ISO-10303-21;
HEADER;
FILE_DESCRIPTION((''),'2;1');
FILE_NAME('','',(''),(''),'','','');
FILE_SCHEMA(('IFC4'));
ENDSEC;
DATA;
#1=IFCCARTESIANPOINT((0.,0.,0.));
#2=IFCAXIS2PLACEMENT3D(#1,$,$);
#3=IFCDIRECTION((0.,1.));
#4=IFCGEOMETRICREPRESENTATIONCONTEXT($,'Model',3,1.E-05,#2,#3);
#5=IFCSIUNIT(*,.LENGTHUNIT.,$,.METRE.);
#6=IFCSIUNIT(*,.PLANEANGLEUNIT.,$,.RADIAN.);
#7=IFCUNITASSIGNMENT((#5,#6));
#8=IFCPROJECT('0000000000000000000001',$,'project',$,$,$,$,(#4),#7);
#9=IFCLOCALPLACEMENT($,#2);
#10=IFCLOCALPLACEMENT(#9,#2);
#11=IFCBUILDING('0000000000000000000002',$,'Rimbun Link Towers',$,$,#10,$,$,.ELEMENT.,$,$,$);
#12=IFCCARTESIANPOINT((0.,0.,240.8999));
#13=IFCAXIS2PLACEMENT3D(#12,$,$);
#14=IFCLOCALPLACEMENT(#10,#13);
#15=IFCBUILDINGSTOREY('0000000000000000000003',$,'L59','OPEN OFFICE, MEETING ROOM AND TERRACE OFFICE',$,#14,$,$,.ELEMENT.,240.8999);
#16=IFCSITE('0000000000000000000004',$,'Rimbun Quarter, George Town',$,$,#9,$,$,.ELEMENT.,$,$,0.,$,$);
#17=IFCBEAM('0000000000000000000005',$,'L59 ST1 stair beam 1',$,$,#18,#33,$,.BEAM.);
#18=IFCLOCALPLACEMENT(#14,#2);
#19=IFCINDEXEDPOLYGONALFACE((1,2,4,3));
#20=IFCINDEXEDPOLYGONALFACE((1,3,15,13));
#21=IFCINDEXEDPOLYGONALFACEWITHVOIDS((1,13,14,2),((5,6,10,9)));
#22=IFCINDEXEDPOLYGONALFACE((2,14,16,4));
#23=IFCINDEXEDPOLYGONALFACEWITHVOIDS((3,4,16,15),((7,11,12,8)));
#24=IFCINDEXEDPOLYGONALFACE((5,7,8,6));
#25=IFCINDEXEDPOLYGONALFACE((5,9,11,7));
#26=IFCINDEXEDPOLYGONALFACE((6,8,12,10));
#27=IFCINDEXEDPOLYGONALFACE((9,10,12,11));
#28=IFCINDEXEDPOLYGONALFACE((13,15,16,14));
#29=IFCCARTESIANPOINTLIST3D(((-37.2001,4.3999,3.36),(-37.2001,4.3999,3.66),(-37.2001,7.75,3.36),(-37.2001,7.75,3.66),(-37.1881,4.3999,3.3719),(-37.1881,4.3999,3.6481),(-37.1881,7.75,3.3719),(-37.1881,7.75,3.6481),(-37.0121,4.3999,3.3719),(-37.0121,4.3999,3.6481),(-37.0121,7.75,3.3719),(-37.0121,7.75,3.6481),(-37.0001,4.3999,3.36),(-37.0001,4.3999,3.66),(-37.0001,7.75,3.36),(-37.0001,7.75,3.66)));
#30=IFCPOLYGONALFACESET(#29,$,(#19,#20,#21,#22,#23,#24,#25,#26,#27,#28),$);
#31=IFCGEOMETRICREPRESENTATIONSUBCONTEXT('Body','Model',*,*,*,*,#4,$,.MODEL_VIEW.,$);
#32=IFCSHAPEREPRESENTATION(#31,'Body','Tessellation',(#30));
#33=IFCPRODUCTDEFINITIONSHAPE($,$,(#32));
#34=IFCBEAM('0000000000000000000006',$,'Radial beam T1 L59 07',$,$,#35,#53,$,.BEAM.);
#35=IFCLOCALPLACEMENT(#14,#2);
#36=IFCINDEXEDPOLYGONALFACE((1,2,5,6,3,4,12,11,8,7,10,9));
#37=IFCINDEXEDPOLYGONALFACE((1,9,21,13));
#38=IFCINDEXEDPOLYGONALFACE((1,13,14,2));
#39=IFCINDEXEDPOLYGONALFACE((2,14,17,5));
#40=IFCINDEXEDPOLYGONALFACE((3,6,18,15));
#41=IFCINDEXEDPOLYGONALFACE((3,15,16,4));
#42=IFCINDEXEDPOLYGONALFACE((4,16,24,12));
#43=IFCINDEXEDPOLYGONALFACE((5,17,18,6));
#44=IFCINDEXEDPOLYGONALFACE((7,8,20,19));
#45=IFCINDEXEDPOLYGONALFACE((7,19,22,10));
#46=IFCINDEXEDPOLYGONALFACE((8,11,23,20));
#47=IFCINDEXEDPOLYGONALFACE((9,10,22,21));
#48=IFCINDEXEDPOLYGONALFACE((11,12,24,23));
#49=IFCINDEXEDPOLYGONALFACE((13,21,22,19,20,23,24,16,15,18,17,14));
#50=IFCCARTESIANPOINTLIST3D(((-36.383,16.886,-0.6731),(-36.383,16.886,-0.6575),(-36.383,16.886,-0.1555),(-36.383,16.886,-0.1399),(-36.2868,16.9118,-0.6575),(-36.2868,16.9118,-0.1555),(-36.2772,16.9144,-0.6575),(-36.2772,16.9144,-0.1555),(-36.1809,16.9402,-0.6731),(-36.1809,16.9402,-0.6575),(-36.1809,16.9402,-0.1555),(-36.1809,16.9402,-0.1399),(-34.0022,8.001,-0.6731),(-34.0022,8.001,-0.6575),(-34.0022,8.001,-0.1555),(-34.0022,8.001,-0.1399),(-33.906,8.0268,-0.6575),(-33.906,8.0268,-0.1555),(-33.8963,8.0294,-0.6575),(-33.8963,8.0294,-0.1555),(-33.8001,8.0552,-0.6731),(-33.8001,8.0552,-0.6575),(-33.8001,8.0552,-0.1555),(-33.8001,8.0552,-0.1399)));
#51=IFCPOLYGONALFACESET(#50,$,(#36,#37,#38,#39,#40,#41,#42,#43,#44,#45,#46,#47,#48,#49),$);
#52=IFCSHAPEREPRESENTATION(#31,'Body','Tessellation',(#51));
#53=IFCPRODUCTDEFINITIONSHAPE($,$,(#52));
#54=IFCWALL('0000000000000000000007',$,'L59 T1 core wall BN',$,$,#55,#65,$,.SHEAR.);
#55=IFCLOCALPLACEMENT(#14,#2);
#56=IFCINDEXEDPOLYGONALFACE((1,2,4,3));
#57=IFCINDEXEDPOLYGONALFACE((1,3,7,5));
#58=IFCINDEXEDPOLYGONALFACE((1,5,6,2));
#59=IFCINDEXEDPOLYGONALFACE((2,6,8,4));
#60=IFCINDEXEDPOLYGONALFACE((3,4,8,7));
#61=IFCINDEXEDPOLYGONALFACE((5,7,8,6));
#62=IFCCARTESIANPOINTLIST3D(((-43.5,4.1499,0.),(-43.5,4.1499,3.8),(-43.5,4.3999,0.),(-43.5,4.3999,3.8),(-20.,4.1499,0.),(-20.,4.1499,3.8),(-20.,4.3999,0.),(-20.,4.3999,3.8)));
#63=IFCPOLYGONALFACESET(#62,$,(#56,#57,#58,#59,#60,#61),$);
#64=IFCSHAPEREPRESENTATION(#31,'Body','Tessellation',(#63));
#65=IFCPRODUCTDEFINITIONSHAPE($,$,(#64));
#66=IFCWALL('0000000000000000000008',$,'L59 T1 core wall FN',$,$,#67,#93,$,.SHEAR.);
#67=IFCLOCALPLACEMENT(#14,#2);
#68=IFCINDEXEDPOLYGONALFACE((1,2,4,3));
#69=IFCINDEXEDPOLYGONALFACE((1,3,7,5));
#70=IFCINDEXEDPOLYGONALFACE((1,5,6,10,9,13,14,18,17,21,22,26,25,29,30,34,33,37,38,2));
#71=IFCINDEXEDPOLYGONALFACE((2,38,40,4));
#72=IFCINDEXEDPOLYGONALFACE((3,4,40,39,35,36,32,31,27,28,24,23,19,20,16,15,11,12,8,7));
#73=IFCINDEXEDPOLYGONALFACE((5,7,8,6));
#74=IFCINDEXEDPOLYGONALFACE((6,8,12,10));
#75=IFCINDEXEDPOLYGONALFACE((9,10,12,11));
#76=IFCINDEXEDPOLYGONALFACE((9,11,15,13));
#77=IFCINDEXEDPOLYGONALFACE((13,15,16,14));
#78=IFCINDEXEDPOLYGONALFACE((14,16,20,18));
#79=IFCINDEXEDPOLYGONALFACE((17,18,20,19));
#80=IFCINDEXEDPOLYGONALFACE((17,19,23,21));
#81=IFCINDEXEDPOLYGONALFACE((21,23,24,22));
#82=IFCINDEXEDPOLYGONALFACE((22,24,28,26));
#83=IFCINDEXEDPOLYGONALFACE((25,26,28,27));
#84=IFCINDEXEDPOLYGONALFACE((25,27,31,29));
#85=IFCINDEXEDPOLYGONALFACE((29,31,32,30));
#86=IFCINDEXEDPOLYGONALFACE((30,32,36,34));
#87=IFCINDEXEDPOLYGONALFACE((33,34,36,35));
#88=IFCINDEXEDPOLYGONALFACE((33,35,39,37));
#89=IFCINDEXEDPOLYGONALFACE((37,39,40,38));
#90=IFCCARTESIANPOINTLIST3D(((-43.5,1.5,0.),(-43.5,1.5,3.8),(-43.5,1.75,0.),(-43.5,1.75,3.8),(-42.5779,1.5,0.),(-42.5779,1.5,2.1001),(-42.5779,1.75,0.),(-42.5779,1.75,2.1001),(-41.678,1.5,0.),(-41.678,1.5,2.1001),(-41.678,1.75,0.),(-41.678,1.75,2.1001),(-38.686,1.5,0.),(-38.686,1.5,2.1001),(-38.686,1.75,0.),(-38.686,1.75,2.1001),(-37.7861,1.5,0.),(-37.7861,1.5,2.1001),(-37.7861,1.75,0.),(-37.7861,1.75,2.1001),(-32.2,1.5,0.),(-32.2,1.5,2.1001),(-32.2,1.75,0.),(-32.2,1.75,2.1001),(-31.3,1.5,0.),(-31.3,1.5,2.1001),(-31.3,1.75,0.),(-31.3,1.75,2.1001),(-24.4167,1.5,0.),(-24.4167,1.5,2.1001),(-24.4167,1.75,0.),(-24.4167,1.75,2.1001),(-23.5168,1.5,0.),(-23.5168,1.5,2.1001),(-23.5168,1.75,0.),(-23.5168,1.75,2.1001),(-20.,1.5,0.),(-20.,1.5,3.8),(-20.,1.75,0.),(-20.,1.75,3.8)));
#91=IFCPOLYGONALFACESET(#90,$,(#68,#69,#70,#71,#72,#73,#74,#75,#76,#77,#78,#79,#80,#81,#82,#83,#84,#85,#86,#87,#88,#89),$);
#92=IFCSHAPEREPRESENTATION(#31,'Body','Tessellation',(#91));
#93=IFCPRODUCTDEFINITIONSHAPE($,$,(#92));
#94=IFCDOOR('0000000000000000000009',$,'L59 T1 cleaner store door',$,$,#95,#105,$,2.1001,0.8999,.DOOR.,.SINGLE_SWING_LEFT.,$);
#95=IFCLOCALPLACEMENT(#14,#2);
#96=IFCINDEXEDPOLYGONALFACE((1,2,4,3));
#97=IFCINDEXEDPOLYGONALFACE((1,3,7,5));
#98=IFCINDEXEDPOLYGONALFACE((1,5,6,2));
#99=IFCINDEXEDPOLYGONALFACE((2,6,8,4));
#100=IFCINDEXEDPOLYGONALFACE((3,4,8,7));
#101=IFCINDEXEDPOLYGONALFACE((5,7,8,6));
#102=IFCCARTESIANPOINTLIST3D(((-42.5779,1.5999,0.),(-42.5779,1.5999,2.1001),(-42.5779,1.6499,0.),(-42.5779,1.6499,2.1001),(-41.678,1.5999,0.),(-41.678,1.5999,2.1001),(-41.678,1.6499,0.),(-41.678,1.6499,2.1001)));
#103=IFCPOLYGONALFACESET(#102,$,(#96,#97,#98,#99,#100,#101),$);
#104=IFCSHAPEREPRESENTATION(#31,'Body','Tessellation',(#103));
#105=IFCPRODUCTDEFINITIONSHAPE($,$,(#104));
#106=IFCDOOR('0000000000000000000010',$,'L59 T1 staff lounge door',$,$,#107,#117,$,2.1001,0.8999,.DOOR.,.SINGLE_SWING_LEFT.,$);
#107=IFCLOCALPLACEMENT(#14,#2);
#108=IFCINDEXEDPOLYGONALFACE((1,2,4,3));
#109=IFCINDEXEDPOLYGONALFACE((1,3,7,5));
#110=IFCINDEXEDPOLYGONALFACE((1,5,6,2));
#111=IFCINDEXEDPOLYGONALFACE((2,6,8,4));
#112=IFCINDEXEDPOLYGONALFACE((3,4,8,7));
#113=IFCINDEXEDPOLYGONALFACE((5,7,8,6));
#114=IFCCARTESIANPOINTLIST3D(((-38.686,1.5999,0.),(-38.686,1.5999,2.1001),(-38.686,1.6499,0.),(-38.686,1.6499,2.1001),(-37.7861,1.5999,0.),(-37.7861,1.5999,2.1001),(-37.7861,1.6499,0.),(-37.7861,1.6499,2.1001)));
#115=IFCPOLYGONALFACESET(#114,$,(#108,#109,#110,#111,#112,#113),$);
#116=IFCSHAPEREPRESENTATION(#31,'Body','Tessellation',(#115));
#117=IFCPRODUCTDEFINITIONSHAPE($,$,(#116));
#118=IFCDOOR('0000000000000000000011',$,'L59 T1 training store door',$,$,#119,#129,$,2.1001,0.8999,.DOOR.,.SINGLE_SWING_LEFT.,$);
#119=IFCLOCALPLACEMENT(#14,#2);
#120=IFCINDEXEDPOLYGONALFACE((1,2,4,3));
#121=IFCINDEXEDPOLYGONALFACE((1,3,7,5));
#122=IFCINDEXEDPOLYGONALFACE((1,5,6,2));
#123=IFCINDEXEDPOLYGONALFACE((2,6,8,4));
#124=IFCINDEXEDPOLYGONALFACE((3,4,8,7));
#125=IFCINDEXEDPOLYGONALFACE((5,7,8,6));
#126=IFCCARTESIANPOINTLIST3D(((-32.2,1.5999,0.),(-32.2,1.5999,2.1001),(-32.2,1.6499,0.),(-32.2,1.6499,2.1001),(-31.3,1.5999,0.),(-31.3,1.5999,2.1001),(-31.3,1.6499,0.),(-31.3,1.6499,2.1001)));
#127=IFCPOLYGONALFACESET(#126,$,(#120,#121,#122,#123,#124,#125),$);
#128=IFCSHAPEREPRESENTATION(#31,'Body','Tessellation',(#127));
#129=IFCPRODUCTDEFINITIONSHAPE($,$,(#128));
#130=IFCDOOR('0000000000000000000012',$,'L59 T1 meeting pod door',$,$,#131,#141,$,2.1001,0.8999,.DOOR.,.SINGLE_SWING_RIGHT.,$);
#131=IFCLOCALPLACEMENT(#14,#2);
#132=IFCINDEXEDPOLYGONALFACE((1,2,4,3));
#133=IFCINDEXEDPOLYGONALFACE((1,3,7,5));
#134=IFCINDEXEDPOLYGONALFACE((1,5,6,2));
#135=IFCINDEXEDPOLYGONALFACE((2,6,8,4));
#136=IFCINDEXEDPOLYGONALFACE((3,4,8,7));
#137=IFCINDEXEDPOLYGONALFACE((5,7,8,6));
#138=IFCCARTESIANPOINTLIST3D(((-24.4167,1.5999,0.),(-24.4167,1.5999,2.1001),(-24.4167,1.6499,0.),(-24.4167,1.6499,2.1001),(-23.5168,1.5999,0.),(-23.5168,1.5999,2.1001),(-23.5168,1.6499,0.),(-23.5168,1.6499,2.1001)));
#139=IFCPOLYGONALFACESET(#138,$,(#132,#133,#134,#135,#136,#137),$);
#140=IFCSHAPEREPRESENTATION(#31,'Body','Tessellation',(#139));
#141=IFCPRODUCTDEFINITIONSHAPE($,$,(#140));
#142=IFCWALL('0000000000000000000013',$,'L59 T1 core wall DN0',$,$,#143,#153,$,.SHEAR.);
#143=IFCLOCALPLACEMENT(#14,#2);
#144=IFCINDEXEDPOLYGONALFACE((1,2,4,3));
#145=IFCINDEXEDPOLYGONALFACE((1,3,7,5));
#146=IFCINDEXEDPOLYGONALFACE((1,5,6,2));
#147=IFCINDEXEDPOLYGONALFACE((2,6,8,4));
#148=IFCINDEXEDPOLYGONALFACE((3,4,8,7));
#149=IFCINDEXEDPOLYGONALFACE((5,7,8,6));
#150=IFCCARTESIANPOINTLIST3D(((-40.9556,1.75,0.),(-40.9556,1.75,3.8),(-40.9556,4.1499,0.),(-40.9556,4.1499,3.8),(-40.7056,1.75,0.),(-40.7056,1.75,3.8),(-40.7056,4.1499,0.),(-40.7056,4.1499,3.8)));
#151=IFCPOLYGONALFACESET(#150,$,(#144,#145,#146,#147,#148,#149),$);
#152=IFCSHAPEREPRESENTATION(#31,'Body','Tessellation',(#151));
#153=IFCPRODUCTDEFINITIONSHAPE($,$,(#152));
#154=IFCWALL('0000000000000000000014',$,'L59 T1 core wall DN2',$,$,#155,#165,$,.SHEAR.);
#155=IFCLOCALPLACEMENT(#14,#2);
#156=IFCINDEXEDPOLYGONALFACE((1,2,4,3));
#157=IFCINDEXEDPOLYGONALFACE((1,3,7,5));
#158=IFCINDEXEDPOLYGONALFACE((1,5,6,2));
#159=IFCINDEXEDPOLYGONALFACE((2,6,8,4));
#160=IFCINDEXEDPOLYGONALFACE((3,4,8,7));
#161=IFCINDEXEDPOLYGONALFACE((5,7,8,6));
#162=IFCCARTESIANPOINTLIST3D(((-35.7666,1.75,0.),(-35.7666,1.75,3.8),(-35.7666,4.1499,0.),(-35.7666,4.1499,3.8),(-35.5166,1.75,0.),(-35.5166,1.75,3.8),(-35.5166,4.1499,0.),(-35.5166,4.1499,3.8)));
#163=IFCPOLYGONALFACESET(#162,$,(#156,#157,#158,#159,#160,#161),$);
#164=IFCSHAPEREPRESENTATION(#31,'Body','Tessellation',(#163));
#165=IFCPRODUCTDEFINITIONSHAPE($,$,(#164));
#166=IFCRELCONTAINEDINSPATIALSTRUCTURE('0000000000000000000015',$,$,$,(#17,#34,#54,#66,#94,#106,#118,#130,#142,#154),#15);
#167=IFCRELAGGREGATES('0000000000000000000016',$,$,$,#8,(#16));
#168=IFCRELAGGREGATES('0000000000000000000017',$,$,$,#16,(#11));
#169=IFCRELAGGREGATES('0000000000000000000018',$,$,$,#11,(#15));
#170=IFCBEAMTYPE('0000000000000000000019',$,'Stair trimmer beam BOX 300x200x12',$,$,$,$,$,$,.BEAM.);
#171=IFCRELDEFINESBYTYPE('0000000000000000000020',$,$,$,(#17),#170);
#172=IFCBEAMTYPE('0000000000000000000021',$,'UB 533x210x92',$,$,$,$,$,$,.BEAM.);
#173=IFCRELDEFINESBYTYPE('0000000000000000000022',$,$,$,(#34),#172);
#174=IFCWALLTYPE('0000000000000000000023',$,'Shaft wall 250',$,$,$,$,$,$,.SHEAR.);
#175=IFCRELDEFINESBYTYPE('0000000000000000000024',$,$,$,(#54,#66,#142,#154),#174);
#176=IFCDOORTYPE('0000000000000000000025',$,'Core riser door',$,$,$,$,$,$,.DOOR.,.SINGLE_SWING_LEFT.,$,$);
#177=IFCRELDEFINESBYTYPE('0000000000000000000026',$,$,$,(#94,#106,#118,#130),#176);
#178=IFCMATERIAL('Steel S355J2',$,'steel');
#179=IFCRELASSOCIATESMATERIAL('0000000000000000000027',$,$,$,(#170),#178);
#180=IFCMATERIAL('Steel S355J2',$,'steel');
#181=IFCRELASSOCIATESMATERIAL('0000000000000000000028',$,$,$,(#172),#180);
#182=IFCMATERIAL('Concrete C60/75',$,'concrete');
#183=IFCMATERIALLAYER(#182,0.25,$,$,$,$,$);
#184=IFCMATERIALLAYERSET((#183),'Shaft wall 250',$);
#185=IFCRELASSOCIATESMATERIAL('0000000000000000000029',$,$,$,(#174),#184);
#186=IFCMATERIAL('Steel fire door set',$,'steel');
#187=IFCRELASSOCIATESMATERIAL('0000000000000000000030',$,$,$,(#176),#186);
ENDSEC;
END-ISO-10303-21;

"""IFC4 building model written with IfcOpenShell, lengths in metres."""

from ifc_helpers import new_model, si_unit, direction, frame, frame_2d, origin, origin_2d, place, context, subcontext, project, spatial, rectangle, hollow_rectangle, i_section, extrude, material, layer, layer_set, material_profile, profile_set, type_object, element, fill, save


model = new_model("IFC4")

# Units and contexts
model_context = context("Model", 3, precision=1e-05, world=origin(), true_north=direction((0.0, 1.0)))
body_context = subcontext(model_context, "Body", "Model", "MODEL_VIEW")
ifc_project = project(units=[si_unit("LENGTHUNIT", "METRE"), si_unit("PLANEANGLEUNIT", "RADIAN")], contexts=[model_context])

# Site, building, storey
site_placement = place(None, origin())
site = spatial("IfcSite", under=ifc_project, at=site_placement, Name="Rimbun Quarter, George Town", CompositionType="ELEMENT", RefElevation=0.0)
building_placement = place(site_placement, origin())
building = spatial("IfcBuilding", under=site, at=building_placement, Name="Rimbun Link Towers", CompositionType="ELEMENT")
storey_placement = place(building_placement, frame((0.0, 0.0, 240.8999)))
storey = spatial("IfcBuildingStorey", under=building, at=storey_placement, Name="L59", Description="OPEN OFFICE, MEETING ROOM AND TERRACE OFFICE", CompositionType="ELEMENT", Elevation=240.8999)

# Beams
ifc_material_1 = material(Name="Steel S355J2", Category="steel")
ifc_material_profile_1 = material_profile(ifc_material_1, hollow_rectangle(XDim=0.2, YDim=0.3, WallThickness=0.012, at=origin_2d()), Name="BOX 300x200x12")
ifc_profile_set_1 = profile_set([ifc_material_profile_1], Name="Steel S355J2")
beam_type_1 = type_object("IfcBeamType", Name="Stair trimmer beam BOX 300x200x12", PredefinedType="BEAM", material=ifc_profile_set_1)
beam_1_placement = place(storey_placement, frame((-37.1001, 7.75, 3.51), z_axis=(0.0, -1.0, 0.0), x_axis=(1.0, 0.0, 0.0)))
element("IfcBeam", 1, at=beam_1_placement, inside=storey, type_object=beam_type_1, Name="L59 ST1 stair beam 1", PredefinedType="BEAM", context=body_context, shape_type="SweptSolid", body=[
    extrude(hollow_rectangle(XDim=0.2, YDim=0.3, WallThickness=0.012, at=origin_2d()), origin(), (0.0, 0.0, 1.0), 3.3501),
])
ifc_material_2 = material(Name="Steel S355J2", Category="steel")
ifc_material_profile_2 = material_profile(ifc_material_2, i_section(OverallWidth=0.2092, OverallDepth=0.5332, WebThickness=0.01, FlangeThickness=0.0156, at=origin_2d()), Name="UB 533x210x92")
ifc_profile_set_2 = profile_set([ifc_material_profile_2], Name="Steel S355J2")
beam_type_2 = type_object("IfcBeamType", Name="UB 533x210x92", PredefinedType="BEAM", material=ifc_profile_set_2)
beam_2_placement = place(storey_placement, frame((-33.9011, 8.0281, -0.4065), z_axis=(-0.258832, 0.965922, 0.0), x_axis=(-0.965922, -0.258832, 0.0)))
element("IfcBeam", 2, at=beam_2_placement, inside=storey, type_object=beam_type_2, Name="Radial beam T1 L59 07", PredefinedType="BEAM", context=body_context, shape_type="SweptSolid", body=[
    extrude(i_section(OverallWidth=0.2092, OverallDepth=0.5332, WebThickness=0.01, FlangeThickness=0.0156, at=origin_2d()), origin(), (0.0, 0.0, 1.0), 9.1985),
])

# Wall
ifc_material_3 = material(Name="Concrete C60/75", Category="concrete")
ifc_layer = layer(ifc_material_3, 0.25)
ifc_layer_set = layer_set([ifc_layer], Name="Shaft wall 250")
wall_type = type_object("IfcWallType", Name="Shaft wall 250", PredefinedType="SHEAR", material=ifc_layer_set)
wall_1_placement = place(storey_placement, frame((-43.5, 4.2749, 0.0), z_axis=(0.0, 0.0, 1.0), x_axis=(1.0, 0.0, 0.0)))
element("IfcWall", 3, at=wall_1_placement, inside=storey, type_object=wall_type, Name="L59 T1 core wall BN", PredefinedType="SHEAR", context=body_context, shape_type="SweptSolid", body=[
    extrude(rectangle(XDim=23.5, YDim=0.25, at=frame_2d((11.75, 0.0))), origin(), (0.0, 0.0, 1.0), 3.8),
])

# Wall, openings, doors
wall_2_placement = place(storey_placement, frame((-43.5, 1.625, 0.0), z_axis=(0.0, 0.0, 1.0), x_axis=(1.0, 0.0, 0.0)))
wall_2 = element("IfcWall", 4, at=wall_2_placement, inside=storey, type_object=wall_type, Name="L59 T1 core wall FN", PredefinedType="SHEAR", context=body_context, shape_type="SweptSolid", body=[
    extrude(rectangle(XDim=23.5, YDim=0.25, at=frame_2d((11.75, 0.0))), origin(), (0.0, 0.0, 1.0), 3.8),
])
opening_1_placement = place(wall_2_placement, frame((0.9221, 0.0, 0.0)))
opening_1 = element("IfcOpeningElement", 5, at=opening_1_placement, cuts=wall_2, PredefinedType="OPENING", context=body_context, shape_type="SweptSolid", body=[
    extrude(rectangle(XDim=0.8999, YDim=2.1001, at=frame_2d((0.45, 1.05))), frame((0.0, 0.135, 0.0), z_axis=(0.0, -1.0, 0.0), x_axis=(1.0, 0.0, 0.0)), (0.0, 0.0, 1.0), 0.27),
])
opening_2_placement = place(wall_2_placement, frame((4.814, 0.0, 0.0)))
opening_2 = element("IfcOpeningElement", 6, at=opening_2_placement, cuts=wall_2, PredefinedType="OPENING", context=body_context, shape_type="SweptSolid", body=[
    extrude(rectangle(XDim=0.8999, YDim=2.1001, at=frame_2d((0.45, 1.05))), frame((0.0, 0.135, 0.0), z_axis=(0.0, -1.0, 0.0), x_axis=(1.0, 0.0, 0.0)), (0.0, 0.0, 1.0), 0.27),
])
opening_3_placement = place(wall_2_placement, frame((11.3, 0.0, 0.0)))
opening_3 = element("IfcOpeningElement", 7, at=opening_3_placement, cuts=wall_2, PredefinedType="OPENING", context=body_context, shape_type="SweptSolid", body=[
    extrude(rectangle(XDim=0.8999, YDim=2.1001, at=frame_2d((0.45, 1.05))), frame((0.0, 0.135, 0.0), z_axis=(0.0, -1.0, 0.0), x_axis=(1.0, 0.0, 0.0)), (0.0, 0.0, 1.0), 0.27),
])
opening_4_placement = place(wall_2_placement, frame((19.0833, 0.0, 0.0)))
opening_4 = element("IfcOpeningElement", 8, at=opening_4_placement, cuts=wall_2, PredefinedType="OPENING", context=body_context, shape_type="SweptSolid", body=[
    extrude(rectangle(XDim=0.8999, YDim=2.1001, at=frame_2d((0.45, 1.05))), frame((0.0, 0.135, 0.0), z_axis=(0.0, -1.0, 0.0), x_axis=(1.0, 0.0, 0.0)), (0.0, 0.0, 1.0), 0.27),
])
ifc_material_4 = material(Name="Steel fire door set", Category="steel")
door_type_1 = type_object("IfcDoorType", Name="Core riser door", OperationType="SINGLE_SWING_LEFT", PredefinedType="DOOR", material=ifc_material_4)
door_1_placement = place(opening_1_placement, origin())
door_1 = element("IfcDoor", 9, at=door_1_placement, inside=storey, type_object=door_type_1, Name="L59 T1 cleaner store door", OperationType="SINGLE_SWING_LEFT", OverallHeight=2.1001, OverallWidth=0.8999, PredefinedType="DOOR", context=body_context, shape_type="SweptSolid", body=[
    extrude(rectangle(XDim=0.8999, YDim=2.1001, at=frame_2d((0.45, 1.05))), frame((0.0, 0.0249, 0.0), z_axis=(0.0, -1.0, 0.0), x_axis=(1.0, 0.0, 0.0)), (0.0, 0.0, 1.0), 0.05),
])
fill(opening_1, door_1)
door_2_placement = place(opening_2_placement, origin())
door_2 = element("IfcDoor", 10, at=door_2_placement, inside=storey, type_object=door_type_1, Name="L59 T1 staff lounge door", OperationType="SINGLE_SWING_LEFT", OverallHeight=2.1001, OverallWidth=0.8999, PredefinedType="DOOR", context=body_context, shape_type="SweptSolid", body=[
    extrude(rectangle(XDim=0.8999, YDim=2.1001, at=frame_2d((0.45, 1.05))), frame((0.0, 0.0249, 0.0), z_axis=(0.0, -1.0, 0.0), x_axis=(1.0, 0.0, 0.0)), (0.0, 0.0, 1.0), 0.05),
])
fill(opening_2, door_2)
door_3_placement = place(opening_3_placement, origin())
door_3 = element("IfcDoor", 11, at=door_3_placement, inside=storey, type_object=door_type_1, Name="L59 T1 training store door", OperationType="SINGLE_SWING_LEFT", OverallHeight=2.1001, OverallWidth=0.8999, PredefinedType="DOOR", context=body_context, shape_type="SweptSolid", body=[
    extrude(rectangle(XDim=0.8999, YDim=2.1001, at=frame_2d((0.45, 1.05))), frame((0.0, 0.0249, 0.0), z_axis=(0.0, -1.0, 0.0), x_axis=(1.0, 0.0, 0.0)), (0.0, 0.0, 1.0), 0.05),
])
fill(opening_3, door_3)
door_4_placement = place(opening_4_placement, origin())
door_4 = element("IfcDoor", 12, at=door_4_placement, inside=storey, type_object=door_type_1, Name="L59 T1 meeting pod door", OperationType="SINGLE_SWING_RIGHT", OverallHeight=2.1001, OverallWidth=0.8999, PredefinedType="DOOR", context=body_context, shape_type="SweptSolid", body=[
    extrude(rectangle(XDim=0.8999, YDim=2.1001, at=frame_2d((0.45, 1.05))), frame((0.0, 0.0249, 0.0), z_axis=(0.0, -1.0, 0.0), x_axis=(1.0, 0.0, 0.0)), (0.0, 0.0, 1.0), 0.05),
])
fill(opening_4, door_4)

# Walls
for number, where, z_axis, x_axis, name in (
    (13, (-40.8306, 1.75, 0.0), (0.0, 0.0, 1.0), (0.0, 1.0, 0.0), "L59 T1 core wall DN0"),
    (14, (-35.6416, 1.75, 0.0), (0.0, 0.0, 1.0), (0.0, 1.0, 0.0), "L59 T1 core wall DN2"),
):
    element("IfcWall", number, at=place(storey_placement, frame(where, z_axis=z_axis, x_axis=x_axis)), inside=storey, type_object=wall_type, Name=name, PredefinedType="SHEAR", context=body_context, shape_type="SweptSolid", body=[
        extrude(rectangle(XDim=2.3999, YDim=0.25, at=frame_2d((1.2, 0.0))), origin(), (0.0, 0.0, 1.0), 3.8),
    ])

save(model, "model.ifc")
